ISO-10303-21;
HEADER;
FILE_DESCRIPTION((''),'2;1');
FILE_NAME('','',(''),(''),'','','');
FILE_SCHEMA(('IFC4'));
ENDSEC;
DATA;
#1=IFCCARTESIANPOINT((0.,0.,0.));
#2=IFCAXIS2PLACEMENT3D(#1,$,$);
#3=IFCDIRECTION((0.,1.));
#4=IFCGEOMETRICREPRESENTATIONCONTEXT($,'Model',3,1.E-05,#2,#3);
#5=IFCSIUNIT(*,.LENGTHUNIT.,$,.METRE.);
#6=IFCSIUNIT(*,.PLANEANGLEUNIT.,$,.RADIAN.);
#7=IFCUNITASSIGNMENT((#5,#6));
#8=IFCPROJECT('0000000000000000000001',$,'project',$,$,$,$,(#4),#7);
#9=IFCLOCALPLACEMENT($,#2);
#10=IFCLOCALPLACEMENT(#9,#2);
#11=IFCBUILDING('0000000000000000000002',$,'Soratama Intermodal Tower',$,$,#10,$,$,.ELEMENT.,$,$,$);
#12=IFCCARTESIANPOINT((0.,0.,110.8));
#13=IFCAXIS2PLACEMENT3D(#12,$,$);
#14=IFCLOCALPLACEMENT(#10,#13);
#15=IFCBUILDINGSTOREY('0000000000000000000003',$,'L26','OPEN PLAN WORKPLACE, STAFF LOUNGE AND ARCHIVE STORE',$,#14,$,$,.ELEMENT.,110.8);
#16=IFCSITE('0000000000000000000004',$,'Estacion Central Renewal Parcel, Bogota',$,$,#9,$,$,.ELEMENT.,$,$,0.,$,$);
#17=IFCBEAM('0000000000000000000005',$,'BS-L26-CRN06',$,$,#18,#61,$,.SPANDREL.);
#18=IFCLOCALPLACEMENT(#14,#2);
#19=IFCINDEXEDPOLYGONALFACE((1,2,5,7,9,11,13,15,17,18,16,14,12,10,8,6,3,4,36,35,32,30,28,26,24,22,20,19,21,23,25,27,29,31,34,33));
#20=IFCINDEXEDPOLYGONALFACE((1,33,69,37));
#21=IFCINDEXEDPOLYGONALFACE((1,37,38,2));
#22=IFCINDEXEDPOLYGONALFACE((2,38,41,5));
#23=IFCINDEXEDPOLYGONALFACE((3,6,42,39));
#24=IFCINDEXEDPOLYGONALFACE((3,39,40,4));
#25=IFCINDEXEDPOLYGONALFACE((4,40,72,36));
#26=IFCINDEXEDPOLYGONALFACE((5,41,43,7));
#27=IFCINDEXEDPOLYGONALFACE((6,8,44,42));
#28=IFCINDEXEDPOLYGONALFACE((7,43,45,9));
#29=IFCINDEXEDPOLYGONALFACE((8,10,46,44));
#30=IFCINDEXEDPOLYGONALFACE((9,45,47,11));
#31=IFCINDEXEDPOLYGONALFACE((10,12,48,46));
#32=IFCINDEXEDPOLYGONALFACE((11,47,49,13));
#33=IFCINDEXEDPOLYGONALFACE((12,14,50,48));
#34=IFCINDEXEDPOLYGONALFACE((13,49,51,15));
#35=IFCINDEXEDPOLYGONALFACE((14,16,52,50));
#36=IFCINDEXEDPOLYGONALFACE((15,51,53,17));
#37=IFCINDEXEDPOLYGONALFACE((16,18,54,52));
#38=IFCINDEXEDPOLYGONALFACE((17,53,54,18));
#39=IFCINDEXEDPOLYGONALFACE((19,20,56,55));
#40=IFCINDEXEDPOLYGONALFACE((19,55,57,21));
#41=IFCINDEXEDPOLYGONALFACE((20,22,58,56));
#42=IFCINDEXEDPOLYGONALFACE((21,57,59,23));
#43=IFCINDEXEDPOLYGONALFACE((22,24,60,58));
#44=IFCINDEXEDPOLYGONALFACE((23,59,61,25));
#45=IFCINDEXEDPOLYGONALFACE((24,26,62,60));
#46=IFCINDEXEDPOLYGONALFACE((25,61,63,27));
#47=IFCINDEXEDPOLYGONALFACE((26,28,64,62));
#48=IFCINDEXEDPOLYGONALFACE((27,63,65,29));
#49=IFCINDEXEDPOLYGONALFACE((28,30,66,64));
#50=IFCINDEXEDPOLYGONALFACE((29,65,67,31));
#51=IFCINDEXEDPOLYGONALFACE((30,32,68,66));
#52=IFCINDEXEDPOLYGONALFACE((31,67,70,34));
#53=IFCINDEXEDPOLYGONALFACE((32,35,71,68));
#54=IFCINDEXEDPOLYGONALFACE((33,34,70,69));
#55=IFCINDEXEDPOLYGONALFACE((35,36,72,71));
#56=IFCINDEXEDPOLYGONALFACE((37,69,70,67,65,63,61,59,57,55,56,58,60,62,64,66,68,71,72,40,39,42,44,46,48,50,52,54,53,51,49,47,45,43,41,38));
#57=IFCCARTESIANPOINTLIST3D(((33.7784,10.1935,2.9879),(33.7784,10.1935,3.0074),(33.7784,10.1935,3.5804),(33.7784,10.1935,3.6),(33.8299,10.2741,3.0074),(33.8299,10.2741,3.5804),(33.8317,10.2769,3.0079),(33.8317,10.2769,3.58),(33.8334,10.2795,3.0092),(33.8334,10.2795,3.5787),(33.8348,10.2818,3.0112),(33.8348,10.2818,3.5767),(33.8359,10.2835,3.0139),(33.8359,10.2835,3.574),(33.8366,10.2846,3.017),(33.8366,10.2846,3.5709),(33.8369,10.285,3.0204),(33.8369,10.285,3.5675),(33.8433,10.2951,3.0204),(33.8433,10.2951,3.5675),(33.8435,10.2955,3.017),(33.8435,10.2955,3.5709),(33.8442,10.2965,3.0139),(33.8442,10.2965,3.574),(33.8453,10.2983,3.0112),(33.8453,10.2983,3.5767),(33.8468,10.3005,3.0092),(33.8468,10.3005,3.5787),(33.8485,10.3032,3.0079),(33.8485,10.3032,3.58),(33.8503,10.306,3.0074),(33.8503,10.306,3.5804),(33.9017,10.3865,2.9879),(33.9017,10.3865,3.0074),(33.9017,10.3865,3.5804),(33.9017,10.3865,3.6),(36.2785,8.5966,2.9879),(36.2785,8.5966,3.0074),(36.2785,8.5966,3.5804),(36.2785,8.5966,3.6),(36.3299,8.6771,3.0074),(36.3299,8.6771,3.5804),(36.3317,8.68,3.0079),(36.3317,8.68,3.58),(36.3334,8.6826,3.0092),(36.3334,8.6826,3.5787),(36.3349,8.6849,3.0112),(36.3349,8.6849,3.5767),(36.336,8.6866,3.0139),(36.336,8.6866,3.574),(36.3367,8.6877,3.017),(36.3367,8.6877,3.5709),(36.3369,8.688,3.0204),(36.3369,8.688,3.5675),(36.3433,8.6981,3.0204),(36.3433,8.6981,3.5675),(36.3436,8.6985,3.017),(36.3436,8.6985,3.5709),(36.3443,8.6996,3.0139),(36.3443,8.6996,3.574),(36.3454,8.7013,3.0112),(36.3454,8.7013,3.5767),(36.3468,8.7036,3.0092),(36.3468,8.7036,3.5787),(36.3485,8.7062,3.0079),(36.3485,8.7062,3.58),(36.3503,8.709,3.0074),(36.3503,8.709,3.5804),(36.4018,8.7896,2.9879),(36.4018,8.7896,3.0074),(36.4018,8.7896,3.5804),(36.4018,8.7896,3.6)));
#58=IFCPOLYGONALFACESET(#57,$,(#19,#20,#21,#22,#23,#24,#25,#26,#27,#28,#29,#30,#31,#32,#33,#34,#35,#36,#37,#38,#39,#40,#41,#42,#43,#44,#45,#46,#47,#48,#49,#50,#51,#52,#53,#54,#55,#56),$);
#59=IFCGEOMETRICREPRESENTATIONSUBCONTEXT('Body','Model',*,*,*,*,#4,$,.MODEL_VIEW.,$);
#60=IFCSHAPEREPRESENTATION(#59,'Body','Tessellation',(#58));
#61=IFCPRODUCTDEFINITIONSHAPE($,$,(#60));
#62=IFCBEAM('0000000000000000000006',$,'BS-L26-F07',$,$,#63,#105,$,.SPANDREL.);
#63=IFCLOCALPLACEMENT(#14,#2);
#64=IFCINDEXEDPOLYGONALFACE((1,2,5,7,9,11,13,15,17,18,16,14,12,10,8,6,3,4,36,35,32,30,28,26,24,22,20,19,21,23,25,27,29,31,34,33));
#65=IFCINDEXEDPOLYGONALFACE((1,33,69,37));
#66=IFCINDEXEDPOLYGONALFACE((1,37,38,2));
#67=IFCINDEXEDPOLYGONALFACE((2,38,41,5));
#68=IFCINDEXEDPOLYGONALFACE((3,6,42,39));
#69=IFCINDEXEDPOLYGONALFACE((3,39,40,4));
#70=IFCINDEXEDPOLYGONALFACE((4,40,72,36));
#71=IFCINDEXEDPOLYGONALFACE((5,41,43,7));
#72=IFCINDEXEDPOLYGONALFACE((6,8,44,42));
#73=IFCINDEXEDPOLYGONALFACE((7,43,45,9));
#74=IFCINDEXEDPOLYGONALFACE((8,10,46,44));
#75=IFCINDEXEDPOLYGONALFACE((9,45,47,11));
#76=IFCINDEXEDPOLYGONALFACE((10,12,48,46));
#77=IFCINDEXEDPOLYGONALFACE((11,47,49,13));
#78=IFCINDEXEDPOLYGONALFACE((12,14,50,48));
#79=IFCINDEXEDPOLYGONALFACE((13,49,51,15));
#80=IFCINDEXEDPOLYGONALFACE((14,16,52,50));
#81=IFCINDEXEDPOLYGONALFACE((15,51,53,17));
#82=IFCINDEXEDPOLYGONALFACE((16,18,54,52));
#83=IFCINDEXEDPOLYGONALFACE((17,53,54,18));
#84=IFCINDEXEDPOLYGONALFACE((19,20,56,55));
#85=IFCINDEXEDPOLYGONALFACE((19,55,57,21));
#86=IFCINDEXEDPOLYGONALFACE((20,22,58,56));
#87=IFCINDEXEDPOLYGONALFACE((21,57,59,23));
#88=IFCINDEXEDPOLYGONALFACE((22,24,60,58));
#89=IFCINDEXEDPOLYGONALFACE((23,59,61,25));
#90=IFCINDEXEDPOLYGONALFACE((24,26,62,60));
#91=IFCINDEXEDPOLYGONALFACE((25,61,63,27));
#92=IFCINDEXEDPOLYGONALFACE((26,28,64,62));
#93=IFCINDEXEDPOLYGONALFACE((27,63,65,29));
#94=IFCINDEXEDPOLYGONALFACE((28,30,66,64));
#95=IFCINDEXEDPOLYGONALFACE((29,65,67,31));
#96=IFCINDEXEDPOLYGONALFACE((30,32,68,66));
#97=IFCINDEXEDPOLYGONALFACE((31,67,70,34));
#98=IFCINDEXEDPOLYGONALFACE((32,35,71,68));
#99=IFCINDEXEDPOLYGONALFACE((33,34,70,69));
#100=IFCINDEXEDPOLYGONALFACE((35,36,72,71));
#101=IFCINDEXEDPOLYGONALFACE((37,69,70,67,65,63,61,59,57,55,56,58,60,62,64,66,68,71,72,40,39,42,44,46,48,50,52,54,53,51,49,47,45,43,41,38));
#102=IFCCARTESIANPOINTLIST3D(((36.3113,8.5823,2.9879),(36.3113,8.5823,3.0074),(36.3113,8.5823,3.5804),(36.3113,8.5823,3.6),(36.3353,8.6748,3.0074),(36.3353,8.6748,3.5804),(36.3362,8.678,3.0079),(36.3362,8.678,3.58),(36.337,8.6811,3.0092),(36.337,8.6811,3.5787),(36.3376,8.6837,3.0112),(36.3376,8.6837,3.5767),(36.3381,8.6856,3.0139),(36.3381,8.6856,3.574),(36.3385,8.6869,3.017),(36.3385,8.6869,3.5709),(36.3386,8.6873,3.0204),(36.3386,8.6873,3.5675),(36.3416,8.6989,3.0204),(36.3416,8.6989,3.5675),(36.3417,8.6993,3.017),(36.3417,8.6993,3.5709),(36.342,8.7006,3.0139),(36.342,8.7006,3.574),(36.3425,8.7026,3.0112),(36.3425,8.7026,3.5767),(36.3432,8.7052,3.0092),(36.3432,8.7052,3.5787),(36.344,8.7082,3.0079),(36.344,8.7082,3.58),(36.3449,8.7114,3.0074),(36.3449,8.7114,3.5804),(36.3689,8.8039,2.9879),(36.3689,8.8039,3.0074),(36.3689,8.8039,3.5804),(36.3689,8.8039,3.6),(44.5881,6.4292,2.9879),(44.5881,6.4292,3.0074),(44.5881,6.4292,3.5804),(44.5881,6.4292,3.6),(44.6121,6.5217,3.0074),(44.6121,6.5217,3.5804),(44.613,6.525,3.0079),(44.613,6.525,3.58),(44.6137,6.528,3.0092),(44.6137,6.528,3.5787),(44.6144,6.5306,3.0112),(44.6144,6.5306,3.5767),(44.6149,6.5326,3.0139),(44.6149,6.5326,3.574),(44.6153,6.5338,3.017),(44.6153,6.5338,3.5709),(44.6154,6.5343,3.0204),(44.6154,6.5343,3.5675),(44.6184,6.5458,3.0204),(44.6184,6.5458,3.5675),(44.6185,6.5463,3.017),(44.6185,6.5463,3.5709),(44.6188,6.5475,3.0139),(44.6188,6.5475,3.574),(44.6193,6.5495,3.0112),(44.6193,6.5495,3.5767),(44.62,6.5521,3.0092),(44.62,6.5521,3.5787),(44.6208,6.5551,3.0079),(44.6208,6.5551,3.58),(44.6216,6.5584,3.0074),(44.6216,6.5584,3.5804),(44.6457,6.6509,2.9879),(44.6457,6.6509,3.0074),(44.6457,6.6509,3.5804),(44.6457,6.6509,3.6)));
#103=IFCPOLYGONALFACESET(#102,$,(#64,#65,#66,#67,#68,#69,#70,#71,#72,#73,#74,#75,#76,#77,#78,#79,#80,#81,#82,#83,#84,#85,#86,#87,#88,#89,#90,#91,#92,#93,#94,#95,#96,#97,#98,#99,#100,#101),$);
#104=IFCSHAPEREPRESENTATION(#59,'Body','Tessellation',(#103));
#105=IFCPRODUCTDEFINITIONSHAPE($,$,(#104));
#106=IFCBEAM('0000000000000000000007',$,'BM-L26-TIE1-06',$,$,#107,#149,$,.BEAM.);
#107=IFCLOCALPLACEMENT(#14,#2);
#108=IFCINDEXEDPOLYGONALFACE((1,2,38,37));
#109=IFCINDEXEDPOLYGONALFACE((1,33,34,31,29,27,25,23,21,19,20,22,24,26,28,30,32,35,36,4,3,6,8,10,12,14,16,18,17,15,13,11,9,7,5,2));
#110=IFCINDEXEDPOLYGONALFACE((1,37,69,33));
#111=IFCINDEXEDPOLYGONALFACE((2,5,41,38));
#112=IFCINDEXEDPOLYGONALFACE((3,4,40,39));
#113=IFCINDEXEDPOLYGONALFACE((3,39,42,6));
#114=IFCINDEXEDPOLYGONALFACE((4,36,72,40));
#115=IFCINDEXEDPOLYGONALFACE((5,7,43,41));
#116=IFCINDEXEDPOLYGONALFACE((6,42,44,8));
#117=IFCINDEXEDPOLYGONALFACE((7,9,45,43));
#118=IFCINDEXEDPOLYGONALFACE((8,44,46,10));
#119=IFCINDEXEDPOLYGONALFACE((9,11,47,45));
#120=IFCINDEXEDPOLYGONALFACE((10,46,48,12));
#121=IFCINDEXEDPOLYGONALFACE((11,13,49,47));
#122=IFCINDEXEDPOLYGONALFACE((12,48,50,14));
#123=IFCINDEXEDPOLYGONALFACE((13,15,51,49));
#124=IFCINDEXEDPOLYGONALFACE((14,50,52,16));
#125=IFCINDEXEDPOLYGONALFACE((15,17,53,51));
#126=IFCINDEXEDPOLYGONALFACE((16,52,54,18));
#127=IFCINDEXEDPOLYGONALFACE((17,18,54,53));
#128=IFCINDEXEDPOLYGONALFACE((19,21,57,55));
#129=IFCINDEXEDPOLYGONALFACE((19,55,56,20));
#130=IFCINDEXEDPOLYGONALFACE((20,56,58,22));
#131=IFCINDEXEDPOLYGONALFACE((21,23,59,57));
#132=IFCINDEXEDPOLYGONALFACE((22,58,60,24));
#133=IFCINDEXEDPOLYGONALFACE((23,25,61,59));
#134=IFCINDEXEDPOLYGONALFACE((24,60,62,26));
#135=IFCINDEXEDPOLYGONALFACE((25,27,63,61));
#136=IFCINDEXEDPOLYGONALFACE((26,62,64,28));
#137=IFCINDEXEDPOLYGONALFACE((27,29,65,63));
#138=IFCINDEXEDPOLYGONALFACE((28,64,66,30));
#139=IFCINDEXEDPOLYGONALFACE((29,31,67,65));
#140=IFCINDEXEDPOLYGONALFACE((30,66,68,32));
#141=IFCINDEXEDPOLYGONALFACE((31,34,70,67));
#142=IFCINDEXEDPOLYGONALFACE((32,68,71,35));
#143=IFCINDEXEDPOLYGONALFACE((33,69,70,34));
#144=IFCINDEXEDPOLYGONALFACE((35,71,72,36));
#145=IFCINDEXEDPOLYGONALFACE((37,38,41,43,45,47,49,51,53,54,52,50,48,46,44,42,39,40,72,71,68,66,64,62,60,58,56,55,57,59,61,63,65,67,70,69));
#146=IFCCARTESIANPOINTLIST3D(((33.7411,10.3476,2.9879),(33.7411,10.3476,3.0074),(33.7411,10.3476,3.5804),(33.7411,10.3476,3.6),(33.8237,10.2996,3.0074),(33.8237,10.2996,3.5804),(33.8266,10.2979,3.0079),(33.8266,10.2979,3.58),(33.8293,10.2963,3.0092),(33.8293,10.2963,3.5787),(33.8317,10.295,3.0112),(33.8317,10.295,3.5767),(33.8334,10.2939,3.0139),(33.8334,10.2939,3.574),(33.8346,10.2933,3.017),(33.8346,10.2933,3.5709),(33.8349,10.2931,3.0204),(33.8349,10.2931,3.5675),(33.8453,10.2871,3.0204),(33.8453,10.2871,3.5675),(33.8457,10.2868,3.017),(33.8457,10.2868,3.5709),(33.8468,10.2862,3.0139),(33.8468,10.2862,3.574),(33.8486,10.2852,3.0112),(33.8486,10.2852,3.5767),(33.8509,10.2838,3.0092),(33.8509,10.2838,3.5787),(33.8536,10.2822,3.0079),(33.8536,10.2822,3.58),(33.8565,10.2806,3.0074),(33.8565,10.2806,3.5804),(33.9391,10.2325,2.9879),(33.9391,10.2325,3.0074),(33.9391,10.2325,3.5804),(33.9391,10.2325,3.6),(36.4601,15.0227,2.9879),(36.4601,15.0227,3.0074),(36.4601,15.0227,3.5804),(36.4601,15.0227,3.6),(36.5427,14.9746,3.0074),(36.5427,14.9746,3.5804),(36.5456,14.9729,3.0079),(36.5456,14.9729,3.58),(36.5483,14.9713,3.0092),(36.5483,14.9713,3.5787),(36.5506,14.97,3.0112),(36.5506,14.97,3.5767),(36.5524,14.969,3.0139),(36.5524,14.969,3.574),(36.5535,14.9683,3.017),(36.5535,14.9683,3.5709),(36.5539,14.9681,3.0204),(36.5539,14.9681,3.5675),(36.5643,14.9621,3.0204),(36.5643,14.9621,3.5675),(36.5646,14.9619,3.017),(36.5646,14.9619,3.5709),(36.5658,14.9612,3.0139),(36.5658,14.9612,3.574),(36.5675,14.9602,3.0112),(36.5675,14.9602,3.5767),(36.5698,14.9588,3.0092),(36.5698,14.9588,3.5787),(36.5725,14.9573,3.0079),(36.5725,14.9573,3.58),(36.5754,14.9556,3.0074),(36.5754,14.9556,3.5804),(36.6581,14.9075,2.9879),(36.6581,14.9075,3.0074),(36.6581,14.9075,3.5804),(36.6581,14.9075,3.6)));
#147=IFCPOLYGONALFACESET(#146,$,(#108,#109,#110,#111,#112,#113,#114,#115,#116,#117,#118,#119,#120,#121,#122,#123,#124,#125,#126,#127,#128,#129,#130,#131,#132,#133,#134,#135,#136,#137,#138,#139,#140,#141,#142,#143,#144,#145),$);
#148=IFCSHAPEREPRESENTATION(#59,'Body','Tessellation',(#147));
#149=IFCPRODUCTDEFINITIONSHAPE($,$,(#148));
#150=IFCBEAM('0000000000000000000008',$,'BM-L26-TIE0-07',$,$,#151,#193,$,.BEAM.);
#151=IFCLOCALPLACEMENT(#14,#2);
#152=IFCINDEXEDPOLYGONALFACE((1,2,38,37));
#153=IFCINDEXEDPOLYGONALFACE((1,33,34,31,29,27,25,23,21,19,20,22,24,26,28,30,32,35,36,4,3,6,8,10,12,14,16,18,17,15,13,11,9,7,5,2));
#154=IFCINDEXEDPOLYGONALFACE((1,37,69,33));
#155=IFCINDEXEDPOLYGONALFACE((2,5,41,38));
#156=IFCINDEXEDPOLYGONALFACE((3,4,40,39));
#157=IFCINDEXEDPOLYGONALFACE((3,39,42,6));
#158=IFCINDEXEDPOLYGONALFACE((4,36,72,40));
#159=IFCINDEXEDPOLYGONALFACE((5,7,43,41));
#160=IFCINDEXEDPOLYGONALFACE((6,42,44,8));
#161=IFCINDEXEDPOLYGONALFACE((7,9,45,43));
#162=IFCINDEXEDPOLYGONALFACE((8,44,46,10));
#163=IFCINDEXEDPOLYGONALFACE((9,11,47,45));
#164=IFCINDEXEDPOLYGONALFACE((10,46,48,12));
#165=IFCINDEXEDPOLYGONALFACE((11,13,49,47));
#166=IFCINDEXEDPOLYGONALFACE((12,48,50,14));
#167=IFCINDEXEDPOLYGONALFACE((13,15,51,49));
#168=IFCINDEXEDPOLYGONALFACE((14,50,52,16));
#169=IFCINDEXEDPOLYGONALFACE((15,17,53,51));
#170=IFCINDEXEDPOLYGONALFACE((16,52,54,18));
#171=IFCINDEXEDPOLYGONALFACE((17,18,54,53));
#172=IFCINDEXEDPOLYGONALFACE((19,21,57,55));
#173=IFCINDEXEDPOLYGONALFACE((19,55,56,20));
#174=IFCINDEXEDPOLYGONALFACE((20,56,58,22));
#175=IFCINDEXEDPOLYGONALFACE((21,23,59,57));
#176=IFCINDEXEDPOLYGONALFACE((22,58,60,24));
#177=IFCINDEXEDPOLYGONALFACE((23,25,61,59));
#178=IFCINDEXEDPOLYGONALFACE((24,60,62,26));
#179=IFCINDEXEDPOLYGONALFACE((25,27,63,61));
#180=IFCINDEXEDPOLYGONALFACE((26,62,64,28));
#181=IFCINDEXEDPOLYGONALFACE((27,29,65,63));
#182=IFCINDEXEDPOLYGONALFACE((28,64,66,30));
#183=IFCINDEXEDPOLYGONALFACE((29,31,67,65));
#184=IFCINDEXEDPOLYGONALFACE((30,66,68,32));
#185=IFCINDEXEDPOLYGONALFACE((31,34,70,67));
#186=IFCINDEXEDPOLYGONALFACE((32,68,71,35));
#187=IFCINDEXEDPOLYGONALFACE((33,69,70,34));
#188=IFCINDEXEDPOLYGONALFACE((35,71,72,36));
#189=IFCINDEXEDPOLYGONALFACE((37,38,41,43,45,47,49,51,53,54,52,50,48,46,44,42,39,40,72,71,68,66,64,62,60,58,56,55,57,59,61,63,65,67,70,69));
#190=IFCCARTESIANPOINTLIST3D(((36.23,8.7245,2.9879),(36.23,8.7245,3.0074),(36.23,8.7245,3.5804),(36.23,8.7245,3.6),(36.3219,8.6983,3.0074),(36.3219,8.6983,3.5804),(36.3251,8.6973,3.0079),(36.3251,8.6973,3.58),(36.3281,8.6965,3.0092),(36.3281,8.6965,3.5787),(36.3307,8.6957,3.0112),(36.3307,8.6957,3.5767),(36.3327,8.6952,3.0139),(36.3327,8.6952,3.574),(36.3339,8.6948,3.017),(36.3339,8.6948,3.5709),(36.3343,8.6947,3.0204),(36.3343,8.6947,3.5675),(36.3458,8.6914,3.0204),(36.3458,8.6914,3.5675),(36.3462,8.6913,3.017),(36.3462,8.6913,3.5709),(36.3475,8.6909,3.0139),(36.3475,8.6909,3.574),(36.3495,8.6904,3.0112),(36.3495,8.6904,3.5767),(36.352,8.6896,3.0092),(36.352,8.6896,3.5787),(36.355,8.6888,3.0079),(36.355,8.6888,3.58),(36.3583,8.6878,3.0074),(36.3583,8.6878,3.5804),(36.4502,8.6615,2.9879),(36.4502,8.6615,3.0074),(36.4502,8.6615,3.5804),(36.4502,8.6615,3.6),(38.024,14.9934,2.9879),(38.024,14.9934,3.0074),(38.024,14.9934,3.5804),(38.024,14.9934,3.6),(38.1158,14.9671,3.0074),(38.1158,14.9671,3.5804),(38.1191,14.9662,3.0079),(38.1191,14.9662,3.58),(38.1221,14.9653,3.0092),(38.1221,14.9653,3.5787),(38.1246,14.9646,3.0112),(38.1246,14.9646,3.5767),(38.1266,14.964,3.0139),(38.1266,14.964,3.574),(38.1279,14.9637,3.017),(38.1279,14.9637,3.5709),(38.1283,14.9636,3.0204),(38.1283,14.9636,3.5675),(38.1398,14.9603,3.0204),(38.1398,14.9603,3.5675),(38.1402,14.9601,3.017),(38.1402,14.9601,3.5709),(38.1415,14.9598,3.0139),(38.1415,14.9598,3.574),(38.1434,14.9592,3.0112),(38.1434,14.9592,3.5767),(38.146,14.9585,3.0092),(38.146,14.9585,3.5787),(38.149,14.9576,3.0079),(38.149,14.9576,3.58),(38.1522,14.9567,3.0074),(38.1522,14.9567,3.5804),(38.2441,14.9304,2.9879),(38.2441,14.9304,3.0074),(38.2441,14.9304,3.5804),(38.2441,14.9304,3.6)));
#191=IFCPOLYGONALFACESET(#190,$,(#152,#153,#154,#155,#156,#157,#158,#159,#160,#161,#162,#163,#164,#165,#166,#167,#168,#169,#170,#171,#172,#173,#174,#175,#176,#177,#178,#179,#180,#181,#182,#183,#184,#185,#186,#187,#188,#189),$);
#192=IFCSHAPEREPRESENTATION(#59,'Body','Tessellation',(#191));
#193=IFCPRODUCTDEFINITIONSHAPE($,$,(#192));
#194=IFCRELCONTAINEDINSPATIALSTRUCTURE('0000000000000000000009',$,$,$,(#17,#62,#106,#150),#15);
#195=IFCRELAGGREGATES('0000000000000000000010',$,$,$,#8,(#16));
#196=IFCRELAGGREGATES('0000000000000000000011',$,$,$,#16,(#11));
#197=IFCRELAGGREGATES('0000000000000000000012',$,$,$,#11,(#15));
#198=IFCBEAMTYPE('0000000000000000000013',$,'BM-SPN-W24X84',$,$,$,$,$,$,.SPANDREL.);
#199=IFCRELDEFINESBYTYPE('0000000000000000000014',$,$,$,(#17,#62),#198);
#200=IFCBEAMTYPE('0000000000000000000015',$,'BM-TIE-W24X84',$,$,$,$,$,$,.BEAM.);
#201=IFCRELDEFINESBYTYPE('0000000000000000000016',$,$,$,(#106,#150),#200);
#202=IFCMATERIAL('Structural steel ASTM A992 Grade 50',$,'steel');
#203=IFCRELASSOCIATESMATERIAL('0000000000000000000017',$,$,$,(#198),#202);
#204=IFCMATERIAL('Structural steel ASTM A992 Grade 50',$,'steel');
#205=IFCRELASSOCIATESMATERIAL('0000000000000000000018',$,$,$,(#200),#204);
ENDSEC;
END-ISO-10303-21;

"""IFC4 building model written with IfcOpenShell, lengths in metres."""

from ifc_helpers import new_model, si_unit, direction, frame, origin, origin_2d, place, context, subcontext, project, spatial, i_section, extrude, material, material_profile, profile_set, type_object, element, save


model = new_model("IFC4")

# Units and contexts
model_context = context("Model", 3, precision=1e-05, world=origin(), true_north=direction((0.0, 1.0)))
body_context = subcontext(model_context, "Body", "Model", "MODEL_VIEW")
ifc_project = project(units=[si_unit("LENGTHUNIT", "METRE"), si_unit("PLANEANGLEUNIT", "RADIAN")], contexts=[model_context])

# Site, building, storey
site_placement = place(None, origin())
site = spatial("IfcSite", under=ifc_project, at=site_placement, Name="Estacion Central Renewal Parcel, Bogota", CompositionType="ELEMENT", RefElevation=0.0)
building_placement = place(site_placement, origin())
building = spatial("IfcBuilding", under=site, at=building_placement, Name="Soratama Intermodal Tower", CompositionType="ELEMENT")
storey_placement = place(building_placement, frame((0.0, 0.0, 110.8)))
storey = spatial("IfcBuildingStorey", under=building, at=storey_placement, Name="L26", Description="OPEN PLAN WORKPLACE, STAFF LOUNGE AND ARCHIVE STORE", CompositionType="ELEMENT", Elevation=110.8)

# Beams
ifc_material_1 = material(Name="Structural steel ASTM A992 Grade 50", Category="steel")
ifc_material_profile_1 = material_profile(ifc_material_1, i_section(OverallWidth=0.229, OverallDepth=0.6121, WebThickness=0.012, FlangeThickness=0.0195, FilletRadius=0.0129, at=origin_2d()), Name="W24X84")
ifc_profile_set_1 = profile_set([ifc_material_profile_1], Name="Structural steel ASTM A992 Grade 50")
beam_type_1 = type_object("IfcBeamType", Name="BM-SPN-W24X84", PredefinedType="SPANDREL", material=ifc_profile_set_1)
beam_1_placement = place(storey_placement, frame((33.8401, 10.29, 3.2939), z_axis=(0.842742, -0.538318, 0.0), x_axis=(0.538318, 0.842742, 0.0)))
element("IfcBeam", 1, at=beam_1_placement, inside=storey, type_object=beam_type_1, Name="BS-L26-CRN06", PredefinedType="SPANDREL", context=body_context, shape_type="SweptSolid", body=[
    extrude(i_section(OverallWidth=0.229, OverallDepth=0.6121, WebThickness=0.012, FlangeThickness=0.0195, FilletRadius=0.0129, at=origin_2d()), origin(), (0.0, 0.0, 1.0), 2.9666),
])
beam_2_placement = place(storey_placement, frame((36.3401, 8.6931, 3.2939), z_axis=(0.967791, -0.251754, 0.0), x_axis=(0.251754, 0.967791, 0.0)))
element("IfcBeam", 2, at=beam_2_placement, inside=storey, type_object=beam_type_1, Name="BS-L26-F07", PredefinedType="SPANDREL", context=body_context, shape_type="SweptSolid", body=[
    extrude(i_section(OverallWidth=0.229, OverallDepth=0.6121, WebThickness=0.012, FlangeThickness=0.0195, FilletRadius=0.0129, at=origin_2d()), origin(), (0.0, 0.0, 1.0), 8.5522),
])
ifc_material_2 = material(Name="Structural steel ASTM A992 Grade 50", Category="steel")
ifc_material_profile_2 = material_profile(ifc_material_2, i_section(OverallWidth=0.229, OverallDepth=0.6121, WebThickness=0.012, FlangeThickness=0.0195, FilletRadius=0.0129, at=origin_2d()), Name="W24X84")
ifc_profile_set_2 = profile_set([ifc_material_profile_2], Name="Structural steel ASTM A992 Grade 50")
beam_type_2 = type_object("IfcBeamType", Name="BM-TIE-W24X84", PredefinedType="BEAM", material=ifc_profile_set_2)
beam_3_placement = place(storey_placement, frame((36.5591, 14.9651, 3.2939), z_axis=(-0.502751, -0.864431, 0.0), x_axis=(0.864431, -0.502751, 0.0)))
element("IfcBeam", 3, at=beam_3_placement, inside=storey, type_object=beam_type_2, Name="BM-L26-TIE1-06", PredefinedType="BEAM", context=body_context, shape_type="SweptSolid", body=[
    extrude(i_section(OverallWidth=0.229, OverallDepth=0.6121, WebThickness=0.012, FlangeThickness=0.0195, FilletRadius=0.0129, at=origin_2d()), origin(), (0.0, 0.0, 1.0), 5.4082),
])
beam_4_placement = place(storey_placement, frame((38.134, 14.9619, 3.2939), z_axis=(-0.275127, -0.961408, 0.0), x_axis=(0.961408, -0.275127, 0.0)))
element("IfcBeam", 4, at=beam_4_placement, inside=storey, type_object=beam_type_2, Name="BM-L26-TIE0-07", PredefinedType="BEAM", context=body_context, shape_type="SweptSolid", body=[
    extrude(i_section(OverallWidth=0.229, OverallDepth=0.6121, WebThickness=0.012, FlangeThickness=0.0195, FilletRadius=0.0129, at=origin_2d()), origin(), (0.0, 0.0, 1.0), 6.5205),
])

save(model, "model.ifc")
